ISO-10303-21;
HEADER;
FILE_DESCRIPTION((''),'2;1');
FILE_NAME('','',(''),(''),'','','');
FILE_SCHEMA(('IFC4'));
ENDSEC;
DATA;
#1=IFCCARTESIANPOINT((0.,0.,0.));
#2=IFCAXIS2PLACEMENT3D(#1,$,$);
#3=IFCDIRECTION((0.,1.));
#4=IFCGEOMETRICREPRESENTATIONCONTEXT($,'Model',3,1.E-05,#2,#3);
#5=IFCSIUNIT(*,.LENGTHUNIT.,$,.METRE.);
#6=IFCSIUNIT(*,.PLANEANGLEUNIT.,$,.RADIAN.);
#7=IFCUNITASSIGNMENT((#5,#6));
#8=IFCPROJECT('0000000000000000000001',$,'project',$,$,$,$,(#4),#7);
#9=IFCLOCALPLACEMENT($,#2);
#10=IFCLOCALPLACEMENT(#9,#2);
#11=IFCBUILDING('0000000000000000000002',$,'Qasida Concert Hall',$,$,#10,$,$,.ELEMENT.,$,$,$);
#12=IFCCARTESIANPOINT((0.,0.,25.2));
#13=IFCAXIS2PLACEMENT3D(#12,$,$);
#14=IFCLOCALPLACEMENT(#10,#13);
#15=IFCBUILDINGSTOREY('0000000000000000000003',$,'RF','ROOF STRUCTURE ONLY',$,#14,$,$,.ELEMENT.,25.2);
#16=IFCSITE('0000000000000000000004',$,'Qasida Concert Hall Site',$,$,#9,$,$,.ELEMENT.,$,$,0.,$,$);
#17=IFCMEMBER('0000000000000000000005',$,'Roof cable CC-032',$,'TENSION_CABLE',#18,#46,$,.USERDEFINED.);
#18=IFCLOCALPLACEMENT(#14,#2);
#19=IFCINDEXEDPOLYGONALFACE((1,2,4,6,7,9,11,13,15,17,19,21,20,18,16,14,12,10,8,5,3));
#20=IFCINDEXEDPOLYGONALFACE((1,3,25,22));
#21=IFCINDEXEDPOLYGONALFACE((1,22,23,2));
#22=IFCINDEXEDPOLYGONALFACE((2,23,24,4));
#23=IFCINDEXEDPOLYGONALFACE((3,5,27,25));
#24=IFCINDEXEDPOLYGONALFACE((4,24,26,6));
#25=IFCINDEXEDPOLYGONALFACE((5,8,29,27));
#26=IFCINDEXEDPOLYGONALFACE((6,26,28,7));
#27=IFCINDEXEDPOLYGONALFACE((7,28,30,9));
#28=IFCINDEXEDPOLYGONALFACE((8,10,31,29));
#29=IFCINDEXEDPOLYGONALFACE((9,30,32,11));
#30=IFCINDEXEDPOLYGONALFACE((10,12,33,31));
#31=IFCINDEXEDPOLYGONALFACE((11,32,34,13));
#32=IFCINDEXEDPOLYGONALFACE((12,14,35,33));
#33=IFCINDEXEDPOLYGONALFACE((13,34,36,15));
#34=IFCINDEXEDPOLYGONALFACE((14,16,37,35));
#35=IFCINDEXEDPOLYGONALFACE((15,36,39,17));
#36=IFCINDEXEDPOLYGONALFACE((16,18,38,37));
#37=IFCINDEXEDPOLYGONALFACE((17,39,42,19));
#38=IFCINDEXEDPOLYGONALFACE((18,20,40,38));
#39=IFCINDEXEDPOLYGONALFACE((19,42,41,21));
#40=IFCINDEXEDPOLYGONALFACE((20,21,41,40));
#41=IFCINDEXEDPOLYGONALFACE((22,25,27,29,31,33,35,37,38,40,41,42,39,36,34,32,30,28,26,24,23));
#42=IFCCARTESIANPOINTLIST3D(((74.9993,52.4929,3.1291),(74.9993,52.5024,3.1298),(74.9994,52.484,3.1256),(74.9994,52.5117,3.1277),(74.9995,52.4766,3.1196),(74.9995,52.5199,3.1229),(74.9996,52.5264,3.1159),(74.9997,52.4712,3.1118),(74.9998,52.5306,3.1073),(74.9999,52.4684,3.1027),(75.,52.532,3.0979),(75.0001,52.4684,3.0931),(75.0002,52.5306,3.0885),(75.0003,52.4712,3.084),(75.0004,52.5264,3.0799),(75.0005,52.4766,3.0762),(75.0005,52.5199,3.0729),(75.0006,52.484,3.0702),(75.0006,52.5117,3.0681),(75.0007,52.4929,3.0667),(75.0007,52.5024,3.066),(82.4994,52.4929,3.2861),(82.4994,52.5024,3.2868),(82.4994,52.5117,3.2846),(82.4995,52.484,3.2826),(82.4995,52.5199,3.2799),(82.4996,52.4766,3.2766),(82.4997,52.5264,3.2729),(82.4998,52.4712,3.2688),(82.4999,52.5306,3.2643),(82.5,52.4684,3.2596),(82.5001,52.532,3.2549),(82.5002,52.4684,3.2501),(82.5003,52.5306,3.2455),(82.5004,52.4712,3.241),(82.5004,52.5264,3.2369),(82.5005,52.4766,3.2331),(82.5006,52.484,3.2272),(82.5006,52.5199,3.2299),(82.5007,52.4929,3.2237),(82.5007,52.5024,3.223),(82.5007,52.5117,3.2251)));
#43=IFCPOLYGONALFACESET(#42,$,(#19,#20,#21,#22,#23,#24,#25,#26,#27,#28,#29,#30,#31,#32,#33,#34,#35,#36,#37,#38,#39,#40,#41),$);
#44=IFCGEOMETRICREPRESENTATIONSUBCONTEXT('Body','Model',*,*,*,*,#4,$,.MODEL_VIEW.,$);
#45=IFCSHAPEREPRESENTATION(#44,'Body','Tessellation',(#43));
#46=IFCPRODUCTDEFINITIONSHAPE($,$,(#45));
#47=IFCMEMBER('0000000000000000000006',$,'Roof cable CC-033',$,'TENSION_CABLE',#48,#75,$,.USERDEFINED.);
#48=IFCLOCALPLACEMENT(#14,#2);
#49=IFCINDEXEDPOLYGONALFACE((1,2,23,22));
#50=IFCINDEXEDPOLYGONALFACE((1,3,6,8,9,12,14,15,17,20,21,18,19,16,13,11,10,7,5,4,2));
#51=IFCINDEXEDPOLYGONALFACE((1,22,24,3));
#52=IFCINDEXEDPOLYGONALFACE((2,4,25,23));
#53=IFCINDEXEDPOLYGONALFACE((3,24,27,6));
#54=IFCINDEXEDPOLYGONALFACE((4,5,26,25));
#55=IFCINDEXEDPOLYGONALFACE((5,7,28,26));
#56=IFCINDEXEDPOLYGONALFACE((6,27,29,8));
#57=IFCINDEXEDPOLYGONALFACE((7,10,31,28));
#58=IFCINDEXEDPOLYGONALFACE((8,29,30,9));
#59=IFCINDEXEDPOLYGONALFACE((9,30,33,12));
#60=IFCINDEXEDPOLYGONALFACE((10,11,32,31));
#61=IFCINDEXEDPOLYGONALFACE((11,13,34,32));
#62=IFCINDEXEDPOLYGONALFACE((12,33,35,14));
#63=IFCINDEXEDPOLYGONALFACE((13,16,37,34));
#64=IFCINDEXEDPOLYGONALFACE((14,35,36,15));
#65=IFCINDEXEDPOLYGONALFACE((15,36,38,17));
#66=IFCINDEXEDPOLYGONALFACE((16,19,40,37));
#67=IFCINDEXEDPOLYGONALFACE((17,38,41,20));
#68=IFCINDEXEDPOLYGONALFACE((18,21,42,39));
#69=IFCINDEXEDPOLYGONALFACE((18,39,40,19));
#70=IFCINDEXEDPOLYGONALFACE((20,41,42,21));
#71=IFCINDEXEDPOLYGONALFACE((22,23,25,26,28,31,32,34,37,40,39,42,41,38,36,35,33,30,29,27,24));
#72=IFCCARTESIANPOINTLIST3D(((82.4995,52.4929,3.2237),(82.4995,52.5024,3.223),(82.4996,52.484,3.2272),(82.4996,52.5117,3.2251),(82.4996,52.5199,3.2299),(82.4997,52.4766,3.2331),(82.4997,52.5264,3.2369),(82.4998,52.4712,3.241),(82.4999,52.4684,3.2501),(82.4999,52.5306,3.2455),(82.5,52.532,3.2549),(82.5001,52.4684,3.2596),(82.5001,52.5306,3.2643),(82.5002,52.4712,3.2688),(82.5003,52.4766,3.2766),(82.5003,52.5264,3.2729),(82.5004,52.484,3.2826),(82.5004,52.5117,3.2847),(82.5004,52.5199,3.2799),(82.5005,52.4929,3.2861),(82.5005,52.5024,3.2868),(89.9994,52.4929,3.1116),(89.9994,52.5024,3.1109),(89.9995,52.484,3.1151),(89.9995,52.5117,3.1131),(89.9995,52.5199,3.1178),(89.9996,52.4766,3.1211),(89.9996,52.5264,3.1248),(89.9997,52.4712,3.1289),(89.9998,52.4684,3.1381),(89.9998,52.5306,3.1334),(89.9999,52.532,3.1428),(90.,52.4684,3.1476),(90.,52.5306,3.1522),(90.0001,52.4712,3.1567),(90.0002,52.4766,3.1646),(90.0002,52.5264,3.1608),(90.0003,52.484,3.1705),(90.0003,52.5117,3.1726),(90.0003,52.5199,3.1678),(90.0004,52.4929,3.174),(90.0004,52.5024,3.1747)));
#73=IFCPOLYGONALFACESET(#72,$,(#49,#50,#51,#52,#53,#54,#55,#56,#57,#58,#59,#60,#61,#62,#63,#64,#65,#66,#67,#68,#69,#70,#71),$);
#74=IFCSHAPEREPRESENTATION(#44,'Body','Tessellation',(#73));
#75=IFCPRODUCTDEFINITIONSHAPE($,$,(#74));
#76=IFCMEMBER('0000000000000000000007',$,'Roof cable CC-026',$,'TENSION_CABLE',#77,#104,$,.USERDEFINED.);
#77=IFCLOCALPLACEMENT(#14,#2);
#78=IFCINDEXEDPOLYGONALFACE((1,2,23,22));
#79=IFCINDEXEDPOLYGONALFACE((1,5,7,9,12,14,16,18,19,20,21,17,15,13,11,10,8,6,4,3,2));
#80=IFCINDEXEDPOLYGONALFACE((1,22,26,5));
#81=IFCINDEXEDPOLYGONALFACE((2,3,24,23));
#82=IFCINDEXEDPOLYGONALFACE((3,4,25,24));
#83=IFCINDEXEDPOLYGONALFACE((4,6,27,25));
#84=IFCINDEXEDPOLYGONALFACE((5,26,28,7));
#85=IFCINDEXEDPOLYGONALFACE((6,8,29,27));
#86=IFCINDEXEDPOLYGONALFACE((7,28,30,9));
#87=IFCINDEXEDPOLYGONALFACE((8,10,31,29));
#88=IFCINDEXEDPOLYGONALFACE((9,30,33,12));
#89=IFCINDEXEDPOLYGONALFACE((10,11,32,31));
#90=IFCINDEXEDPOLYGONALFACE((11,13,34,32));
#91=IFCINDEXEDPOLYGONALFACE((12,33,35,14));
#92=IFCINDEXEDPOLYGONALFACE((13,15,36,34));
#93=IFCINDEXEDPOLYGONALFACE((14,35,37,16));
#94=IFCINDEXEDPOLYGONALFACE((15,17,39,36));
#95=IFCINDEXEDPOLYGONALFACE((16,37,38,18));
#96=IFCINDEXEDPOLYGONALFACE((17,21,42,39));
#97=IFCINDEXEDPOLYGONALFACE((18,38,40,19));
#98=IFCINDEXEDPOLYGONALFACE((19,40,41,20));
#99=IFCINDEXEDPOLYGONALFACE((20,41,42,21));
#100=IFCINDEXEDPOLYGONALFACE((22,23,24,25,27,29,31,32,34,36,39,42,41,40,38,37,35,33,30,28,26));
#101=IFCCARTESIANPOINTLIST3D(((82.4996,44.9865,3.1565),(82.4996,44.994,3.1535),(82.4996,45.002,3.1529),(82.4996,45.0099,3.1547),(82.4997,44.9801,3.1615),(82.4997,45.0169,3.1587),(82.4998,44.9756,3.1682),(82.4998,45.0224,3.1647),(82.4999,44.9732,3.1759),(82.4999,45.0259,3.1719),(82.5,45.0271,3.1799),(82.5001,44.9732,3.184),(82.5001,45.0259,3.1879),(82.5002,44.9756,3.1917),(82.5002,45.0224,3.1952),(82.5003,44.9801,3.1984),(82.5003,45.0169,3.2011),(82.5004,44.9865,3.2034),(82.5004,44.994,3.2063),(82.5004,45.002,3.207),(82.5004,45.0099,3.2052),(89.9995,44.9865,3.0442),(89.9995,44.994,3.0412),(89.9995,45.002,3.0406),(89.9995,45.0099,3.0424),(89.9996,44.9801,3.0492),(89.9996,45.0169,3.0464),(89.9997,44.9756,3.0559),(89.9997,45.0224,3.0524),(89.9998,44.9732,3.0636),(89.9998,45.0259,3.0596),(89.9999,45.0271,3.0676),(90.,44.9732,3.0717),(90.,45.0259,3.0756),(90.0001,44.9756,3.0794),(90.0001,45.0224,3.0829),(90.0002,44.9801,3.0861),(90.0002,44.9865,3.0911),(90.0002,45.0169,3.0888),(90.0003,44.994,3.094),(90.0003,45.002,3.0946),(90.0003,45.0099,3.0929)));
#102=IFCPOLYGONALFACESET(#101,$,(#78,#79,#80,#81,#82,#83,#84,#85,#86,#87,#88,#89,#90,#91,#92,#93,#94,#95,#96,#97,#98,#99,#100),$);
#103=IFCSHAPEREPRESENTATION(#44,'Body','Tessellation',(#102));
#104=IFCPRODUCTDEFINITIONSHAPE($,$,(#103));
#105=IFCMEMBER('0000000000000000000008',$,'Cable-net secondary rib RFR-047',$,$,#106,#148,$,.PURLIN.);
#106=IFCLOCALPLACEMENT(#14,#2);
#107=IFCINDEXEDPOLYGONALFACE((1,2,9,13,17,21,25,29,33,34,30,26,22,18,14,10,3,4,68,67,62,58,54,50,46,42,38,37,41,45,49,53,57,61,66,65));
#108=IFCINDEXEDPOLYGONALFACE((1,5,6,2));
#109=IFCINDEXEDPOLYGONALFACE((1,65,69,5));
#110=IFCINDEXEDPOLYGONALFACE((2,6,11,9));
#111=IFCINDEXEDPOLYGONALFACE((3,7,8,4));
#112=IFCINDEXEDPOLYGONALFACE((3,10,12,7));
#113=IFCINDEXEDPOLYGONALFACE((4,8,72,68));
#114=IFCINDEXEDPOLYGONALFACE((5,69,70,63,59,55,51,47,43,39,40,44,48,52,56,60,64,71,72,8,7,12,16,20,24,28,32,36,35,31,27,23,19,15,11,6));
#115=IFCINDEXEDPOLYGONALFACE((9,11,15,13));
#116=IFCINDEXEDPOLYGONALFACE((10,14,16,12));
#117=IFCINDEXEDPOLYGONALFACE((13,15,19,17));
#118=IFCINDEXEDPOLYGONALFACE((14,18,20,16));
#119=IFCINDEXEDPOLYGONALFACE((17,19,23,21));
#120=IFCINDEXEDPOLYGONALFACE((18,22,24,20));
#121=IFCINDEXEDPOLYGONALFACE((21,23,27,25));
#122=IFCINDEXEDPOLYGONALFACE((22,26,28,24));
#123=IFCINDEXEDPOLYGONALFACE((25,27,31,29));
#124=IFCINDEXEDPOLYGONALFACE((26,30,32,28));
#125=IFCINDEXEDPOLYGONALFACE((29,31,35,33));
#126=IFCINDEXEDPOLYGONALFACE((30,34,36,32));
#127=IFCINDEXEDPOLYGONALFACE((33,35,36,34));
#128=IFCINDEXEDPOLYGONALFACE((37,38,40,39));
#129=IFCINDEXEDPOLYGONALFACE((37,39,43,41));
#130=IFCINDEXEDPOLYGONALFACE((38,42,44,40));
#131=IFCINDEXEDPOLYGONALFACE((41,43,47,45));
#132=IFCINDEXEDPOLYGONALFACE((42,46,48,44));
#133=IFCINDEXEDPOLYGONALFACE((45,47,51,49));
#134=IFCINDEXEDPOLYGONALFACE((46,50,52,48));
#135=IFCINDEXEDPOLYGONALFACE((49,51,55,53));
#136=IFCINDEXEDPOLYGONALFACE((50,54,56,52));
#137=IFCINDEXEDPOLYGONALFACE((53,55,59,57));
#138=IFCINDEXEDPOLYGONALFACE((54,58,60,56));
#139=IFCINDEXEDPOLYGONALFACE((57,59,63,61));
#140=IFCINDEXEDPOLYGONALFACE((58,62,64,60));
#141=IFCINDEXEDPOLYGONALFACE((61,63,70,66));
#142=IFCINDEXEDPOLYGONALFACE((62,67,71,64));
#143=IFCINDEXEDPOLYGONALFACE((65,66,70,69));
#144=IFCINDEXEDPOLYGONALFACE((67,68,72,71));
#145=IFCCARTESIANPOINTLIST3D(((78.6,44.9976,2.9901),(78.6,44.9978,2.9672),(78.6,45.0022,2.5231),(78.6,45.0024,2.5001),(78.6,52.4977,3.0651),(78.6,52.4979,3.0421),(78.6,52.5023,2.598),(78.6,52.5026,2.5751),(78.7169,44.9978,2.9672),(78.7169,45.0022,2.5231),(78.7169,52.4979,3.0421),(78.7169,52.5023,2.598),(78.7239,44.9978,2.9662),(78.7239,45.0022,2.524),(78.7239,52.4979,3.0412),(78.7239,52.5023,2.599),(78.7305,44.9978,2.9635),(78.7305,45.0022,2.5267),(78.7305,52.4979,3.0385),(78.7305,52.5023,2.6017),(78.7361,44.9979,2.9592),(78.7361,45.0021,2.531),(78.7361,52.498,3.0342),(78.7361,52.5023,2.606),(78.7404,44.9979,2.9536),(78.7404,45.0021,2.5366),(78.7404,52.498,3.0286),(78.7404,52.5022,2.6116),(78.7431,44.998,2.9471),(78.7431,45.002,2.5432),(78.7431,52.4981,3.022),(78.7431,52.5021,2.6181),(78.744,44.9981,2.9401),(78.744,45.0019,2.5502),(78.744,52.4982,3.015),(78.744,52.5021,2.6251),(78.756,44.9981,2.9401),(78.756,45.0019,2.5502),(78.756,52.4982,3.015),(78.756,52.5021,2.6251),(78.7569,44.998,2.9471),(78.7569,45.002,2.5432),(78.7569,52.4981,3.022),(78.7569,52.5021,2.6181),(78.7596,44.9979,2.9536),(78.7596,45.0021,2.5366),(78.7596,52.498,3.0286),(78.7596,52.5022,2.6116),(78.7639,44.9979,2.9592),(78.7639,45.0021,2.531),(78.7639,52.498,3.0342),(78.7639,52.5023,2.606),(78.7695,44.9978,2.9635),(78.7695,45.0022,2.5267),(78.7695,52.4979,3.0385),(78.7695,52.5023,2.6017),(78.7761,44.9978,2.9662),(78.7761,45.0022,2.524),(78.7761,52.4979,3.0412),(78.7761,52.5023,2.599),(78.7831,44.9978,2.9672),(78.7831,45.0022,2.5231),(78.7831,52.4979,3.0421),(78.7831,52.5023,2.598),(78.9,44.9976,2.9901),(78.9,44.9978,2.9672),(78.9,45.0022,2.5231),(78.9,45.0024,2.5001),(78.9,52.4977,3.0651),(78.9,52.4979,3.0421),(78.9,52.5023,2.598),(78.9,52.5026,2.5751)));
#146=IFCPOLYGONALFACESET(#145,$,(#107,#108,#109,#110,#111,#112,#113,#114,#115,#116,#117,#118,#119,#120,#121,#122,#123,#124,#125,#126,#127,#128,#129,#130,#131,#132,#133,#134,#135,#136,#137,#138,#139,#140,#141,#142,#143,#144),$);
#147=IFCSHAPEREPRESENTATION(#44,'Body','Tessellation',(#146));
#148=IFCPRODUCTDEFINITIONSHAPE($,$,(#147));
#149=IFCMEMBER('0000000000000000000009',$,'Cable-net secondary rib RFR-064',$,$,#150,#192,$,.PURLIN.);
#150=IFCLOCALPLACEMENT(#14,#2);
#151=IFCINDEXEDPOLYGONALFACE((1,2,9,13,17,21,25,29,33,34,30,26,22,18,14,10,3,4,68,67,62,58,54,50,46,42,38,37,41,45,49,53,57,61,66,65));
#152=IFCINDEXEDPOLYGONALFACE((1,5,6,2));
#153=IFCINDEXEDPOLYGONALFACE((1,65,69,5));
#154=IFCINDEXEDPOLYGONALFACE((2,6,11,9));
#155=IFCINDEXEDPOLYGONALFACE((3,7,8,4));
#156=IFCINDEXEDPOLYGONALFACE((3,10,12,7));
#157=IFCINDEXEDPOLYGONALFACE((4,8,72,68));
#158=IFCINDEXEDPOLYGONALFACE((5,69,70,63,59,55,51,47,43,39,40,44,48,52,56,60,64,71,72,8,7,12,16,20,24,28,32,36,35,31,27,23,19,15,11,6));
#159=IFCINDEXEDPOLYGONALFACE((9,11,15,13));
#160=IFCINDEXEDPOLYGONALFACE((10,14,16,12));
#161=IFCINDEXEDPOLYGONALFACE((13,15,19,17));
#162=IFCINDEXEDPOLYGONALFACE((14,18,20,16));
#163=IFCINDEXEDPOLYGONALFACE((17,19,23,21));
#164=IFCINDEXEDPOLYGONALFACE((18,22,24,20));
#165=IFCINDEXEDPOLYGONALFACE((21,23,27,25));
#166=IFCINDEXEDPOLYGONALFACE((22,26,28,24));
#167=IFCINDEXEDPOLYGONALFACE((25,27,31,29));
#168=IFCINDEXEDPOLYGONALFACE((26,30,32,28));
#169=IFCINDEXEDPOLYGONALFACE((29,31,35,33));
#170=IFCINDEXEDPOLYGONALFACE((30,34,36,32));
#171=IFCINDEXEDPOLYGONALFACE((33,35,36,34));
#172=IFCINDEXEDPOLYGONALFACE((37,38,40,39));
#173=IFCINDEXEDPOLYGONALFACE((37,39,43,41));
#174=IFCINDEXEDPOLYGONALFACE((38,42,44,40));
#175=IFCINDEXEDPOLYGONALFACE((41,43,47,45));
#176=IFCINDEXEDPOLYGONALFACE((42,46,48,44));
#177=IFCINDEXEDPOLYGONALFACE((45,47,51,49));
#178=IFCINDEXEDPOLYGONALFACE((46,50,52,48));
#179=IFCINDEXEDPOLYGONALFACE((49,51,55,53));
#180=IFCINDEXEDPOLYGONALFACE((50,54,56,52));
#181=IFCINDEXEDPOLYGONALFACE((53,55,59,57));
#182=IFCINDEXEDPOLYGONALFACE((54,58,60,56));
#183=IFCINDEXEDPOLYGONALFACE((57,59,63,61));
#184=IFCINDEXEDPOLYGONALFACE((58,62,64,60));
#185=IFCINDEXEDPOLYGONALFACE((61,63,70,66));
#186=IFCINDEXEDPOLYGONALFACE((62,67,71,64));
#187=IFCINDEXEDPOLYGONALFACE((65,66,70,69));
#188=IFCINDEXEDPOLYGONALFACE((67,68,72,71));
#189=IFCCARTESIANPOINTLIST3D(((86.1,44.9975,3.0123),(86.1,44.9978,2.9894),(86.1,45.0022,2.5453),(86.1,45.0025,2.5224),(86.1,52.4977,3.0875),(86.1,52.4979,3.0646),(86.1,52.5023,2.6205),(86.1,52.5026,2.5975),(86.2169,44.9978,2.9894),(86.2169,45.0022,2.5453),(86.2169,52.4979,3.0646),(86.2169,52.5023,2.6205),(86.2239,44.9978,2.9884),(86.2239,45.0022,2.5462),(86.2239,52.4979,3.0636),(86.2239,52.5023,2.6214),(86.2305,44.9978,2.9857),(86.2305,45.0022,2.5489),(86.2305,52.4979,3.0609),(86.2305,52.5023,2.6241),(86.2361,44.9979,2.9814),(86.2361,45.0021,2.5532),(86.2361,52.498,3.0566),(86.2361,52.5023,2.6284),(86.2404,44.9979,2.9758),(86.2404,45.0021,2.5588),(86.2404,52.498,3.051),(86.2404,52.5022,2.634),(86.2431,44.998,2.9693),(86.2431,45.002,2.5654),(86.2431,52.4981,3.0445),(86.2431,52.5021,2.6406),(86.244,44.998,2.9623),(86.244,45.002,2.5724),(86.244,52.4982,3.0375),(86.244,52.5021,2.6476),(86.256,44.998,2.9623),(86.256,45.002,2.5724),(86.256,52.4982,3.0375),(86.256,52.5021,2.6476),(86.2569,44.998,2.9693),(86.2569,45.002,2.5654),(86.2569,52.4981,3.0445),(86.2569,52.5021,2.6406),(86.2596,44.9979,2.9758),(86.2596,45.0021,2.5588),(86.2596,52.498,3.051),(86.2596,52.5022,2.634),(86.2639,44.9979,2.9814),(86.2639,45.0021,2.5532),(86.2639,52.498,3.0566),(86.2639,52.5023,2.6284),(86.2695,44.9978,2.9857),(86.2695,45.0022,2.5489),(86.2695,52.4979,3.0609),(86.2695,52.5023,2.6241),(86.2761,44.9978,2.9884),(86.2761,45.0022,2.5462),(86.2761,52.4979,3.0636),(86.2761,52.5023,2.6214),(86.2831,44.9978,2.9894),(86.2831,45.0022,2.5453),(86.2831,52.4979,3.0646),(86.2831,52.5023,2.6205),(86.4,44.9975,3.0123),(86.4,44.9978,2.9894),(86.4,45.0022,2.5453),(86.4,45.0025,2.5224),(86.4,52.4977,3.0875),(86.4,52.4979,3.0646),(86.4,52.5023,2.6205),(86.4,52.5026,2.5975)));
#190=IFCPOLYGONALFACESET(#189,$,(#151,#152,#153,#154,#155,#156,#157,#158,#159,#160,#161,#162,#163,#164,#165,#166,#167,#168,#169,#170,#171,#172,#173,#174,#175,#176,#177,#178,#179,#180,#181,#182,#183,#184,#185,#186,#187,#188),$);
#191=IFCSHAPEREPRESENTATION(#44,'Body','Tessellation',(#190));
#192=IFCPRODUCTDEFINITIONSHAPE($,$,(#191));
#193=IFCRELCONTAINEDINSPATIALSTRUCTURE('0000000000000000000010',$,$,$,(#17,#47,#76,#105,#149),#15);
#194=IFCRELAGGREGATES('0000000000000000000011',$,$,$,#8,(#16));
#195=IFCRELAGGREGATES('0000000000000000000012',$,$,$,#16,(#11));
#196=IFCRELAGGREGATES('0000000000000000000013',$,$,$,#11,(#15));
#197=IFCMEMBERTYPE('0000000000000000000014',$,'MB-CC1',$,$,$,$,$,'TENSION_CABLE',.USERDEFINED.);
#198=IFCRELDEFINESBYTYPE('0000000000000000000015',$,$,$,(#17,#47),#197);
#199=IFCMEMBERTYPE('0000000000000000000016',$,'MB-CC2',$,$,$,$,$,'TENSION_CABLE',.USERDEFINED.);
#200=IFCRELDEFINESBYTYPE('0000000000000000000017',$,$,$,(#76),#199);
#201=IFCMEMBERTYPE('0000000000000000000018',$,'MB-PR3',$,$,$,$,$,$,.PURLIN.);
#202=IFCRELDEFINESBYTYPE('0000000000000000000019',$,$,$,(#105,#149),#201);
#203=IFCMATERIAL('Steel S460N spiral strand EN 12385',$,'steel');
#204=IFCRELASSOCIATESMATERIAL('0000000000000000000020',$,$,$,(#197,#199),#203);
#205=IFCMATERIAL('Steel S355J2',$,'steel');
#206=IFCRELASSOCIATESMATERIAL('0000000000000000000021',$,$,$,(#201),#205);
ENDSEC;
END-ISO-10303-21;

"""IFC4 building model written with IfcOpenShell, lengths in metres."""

from ifc_helpers import new_model, si_unit, direction, frame, origin, origin_2d, place, context, subcontext, project, spatial, circle, i_section, extrude, material, material_profile, profile_set, type_object, element, save


model = new_model("IFC4")

# Units and contexts
model_context = context("Model", 3, precision=1e-05, world=origin(), true_north=direction((0.0, 1.0)))
body_context = subcontext(model_context, "Body", "Model", "MODEL_VIEW")
ifc_project = project(units=[si_unit("LENGTHUNIT", "METRE"), si_unit("PLANEANGLEUNIT", "RADIAN")], contexts=[model_context])

# Site, building, storey
site_placement = place(None, origin())
site = spatial("IfcSite", under=ifc_project, at=site_placement, Name="Qasida Concert Hall Site", CompositionType="ELEMENT", RefElevation=0.0)
building_placement = place(site_placement, origin())
building = spatial("IfcBuilding", under=site, at=building_placement, Name="Qasida Concert Hall", CompositionType="ELEMENT")
storey_placement = place(building_placement, frame((0.0, 0.0, 25.2)))
storey = spatial("IfcBuildingStorey", under=building, at=storey_placement, Name="RF", Description="ROOF STRUCTURE ONLY", CompositionType="ELEMENT", Elevation=25.2)

# Members
ifc_material_1 = material(Name="Steel S460N spiral strand EN 12385", Category="steel")
ifc_material_profile_1 = material_profile(ifc_material_1, circle(Radius=0.032, at=origin_2d()), Name="STRAND D64")
ifc_profile_set_1 = profile_set([ifc_material_profile_1], Name="Steel S460N spiral strand EN 12385")
member_type_1 = type_object("IfcMemberType", Name="MB-CC1", ElementType="TENSION_CABLE", PredefinedType="USERDEFINED", material=ifc_profile_set_1)
member_1_placement = place(storey_placement, frame((75.0, 52.5, 3.0979), z_axis=(0.999781, 0.0, 0.020926), x_axis=(0.0, 1.0, 0.0)))
element("IfcMember", 1, at=member_1_placement, inside=storey, type_object=member_type_1, Name="Roof cable CC-032", ObjectType="TENSION_CABLE", PredefinedType="USERDEFINED", context=body_context, shape_type="SweptSolid", body=[
    extrude(circle(Radius=0.032, at=origin_2d()), origin(), (0.0, 0.0, 1.0), 7.5017),
])
member_2_placement = place(storey_placement, frame((82.5, 52.5, 3.2549), z_axis=(0.999888, 0.0, -0.01494), x_axis=(0.0, 1.0, 0.0)))
element("IfcMember", 2, at=member_2_placement, inside=storey, type_object=member_type_1, Name="Roof cable CC-033", ObjectType="TENSION_CABLE", PredefinedType="USERDEFINED", context=body_context, shape_type="SweptSolid", body=[
    extrude(circle(Radius=0.032, at=origin_2d()), origin(), (0.0, 0.0, 1.0), 7.5007),
])
ifc_material_profile_2 = material_profile(ifc_material_1, circle(Radius=0.0271, at=origin_2d()), Name="STRAND D54")
ifc_profile_set_2 = profile_set([ifc_material_profile_2], Name="Steel S460N spiral strand EN 12385")
member_type_2 = type_object("IfcMemberType", Name="MB-CC2", ElementType="TENSION_CABLE", PredefinedType="USERDEFINED", material=ifc_profile_set_2)
member_3_placement = place(storey_placement, frame((82.5, 45.0, 3.1799), z_axis=(0.999888, 0.0, -0.014972), x_axis=(0.0, 1.0, 0.0)))
element("IfcMember", 3, at=member_3_placement, inside=storey, type_object=member_type_2, Name="Roof cable CC-026", ObjectType="TENSION_CABLE", PredefinedType="USERDEFINED", context=body_context, shape_type="SweptSolid", body=[
    extrude(circle(Radius=0.0271, at=origin_2d()), origin(), (0.0, 0.0, 1.0), 7.5007),
])
ifc_material_2 = material(Name="Steel S355J2", Category="steel")
ifc_material_profile_3 = material_profile(ifc_material_2, i_section(OverallWidth=0.3, OverallDepth=0.49, WebThickness=0.012, FlangeThickness=0.0229, FilletRadius=0.0271, at=origin_2d()), Name="HEA 500")
ifc_profile_set_3 = profile_set([ifc_material_profile_3], Name="Steel S355J2")
member_type_3 = type_object("IfcMemberType", Name="MB-PR3", PredefinedType="PURLIN", material=ifc_profile_set_3)
for number, where, z_axis, x_axis, name in (
    (4, (78.75, 45.0, 2.7451), (0.0, 0.99995, 0.009993), (-1.0, 0.0, 0.0), "Cable-net secondary rib RFR-047"),
    (5, (86.25, 45.0, 2.7673), (0.0, 0.99995, 0.010026), (-1.0, 0.0, 0.0), "Cable-net secondary rib RFR-064"),
):
    element("IfcMember", number, at=place(storey_placement, frame(where, z_axis=z_axis, x_axis=x_axis)), inside=storey, type_object=member_type_3, Name=name, PredefinedType="PURLIN", context=body_context, shape_type="SweptSolid", body=[
        extrude(i_section(OverallWidth=0.3, OverallDepth=0.49, WebThickness=0.012, FlangeThickness=0.0229, FilletRadius=0.0271, at=origin_2d()), origin(), (0.0, 0.0, 1.0), 7.5005),
    ])

save(model, "model.ifc")
